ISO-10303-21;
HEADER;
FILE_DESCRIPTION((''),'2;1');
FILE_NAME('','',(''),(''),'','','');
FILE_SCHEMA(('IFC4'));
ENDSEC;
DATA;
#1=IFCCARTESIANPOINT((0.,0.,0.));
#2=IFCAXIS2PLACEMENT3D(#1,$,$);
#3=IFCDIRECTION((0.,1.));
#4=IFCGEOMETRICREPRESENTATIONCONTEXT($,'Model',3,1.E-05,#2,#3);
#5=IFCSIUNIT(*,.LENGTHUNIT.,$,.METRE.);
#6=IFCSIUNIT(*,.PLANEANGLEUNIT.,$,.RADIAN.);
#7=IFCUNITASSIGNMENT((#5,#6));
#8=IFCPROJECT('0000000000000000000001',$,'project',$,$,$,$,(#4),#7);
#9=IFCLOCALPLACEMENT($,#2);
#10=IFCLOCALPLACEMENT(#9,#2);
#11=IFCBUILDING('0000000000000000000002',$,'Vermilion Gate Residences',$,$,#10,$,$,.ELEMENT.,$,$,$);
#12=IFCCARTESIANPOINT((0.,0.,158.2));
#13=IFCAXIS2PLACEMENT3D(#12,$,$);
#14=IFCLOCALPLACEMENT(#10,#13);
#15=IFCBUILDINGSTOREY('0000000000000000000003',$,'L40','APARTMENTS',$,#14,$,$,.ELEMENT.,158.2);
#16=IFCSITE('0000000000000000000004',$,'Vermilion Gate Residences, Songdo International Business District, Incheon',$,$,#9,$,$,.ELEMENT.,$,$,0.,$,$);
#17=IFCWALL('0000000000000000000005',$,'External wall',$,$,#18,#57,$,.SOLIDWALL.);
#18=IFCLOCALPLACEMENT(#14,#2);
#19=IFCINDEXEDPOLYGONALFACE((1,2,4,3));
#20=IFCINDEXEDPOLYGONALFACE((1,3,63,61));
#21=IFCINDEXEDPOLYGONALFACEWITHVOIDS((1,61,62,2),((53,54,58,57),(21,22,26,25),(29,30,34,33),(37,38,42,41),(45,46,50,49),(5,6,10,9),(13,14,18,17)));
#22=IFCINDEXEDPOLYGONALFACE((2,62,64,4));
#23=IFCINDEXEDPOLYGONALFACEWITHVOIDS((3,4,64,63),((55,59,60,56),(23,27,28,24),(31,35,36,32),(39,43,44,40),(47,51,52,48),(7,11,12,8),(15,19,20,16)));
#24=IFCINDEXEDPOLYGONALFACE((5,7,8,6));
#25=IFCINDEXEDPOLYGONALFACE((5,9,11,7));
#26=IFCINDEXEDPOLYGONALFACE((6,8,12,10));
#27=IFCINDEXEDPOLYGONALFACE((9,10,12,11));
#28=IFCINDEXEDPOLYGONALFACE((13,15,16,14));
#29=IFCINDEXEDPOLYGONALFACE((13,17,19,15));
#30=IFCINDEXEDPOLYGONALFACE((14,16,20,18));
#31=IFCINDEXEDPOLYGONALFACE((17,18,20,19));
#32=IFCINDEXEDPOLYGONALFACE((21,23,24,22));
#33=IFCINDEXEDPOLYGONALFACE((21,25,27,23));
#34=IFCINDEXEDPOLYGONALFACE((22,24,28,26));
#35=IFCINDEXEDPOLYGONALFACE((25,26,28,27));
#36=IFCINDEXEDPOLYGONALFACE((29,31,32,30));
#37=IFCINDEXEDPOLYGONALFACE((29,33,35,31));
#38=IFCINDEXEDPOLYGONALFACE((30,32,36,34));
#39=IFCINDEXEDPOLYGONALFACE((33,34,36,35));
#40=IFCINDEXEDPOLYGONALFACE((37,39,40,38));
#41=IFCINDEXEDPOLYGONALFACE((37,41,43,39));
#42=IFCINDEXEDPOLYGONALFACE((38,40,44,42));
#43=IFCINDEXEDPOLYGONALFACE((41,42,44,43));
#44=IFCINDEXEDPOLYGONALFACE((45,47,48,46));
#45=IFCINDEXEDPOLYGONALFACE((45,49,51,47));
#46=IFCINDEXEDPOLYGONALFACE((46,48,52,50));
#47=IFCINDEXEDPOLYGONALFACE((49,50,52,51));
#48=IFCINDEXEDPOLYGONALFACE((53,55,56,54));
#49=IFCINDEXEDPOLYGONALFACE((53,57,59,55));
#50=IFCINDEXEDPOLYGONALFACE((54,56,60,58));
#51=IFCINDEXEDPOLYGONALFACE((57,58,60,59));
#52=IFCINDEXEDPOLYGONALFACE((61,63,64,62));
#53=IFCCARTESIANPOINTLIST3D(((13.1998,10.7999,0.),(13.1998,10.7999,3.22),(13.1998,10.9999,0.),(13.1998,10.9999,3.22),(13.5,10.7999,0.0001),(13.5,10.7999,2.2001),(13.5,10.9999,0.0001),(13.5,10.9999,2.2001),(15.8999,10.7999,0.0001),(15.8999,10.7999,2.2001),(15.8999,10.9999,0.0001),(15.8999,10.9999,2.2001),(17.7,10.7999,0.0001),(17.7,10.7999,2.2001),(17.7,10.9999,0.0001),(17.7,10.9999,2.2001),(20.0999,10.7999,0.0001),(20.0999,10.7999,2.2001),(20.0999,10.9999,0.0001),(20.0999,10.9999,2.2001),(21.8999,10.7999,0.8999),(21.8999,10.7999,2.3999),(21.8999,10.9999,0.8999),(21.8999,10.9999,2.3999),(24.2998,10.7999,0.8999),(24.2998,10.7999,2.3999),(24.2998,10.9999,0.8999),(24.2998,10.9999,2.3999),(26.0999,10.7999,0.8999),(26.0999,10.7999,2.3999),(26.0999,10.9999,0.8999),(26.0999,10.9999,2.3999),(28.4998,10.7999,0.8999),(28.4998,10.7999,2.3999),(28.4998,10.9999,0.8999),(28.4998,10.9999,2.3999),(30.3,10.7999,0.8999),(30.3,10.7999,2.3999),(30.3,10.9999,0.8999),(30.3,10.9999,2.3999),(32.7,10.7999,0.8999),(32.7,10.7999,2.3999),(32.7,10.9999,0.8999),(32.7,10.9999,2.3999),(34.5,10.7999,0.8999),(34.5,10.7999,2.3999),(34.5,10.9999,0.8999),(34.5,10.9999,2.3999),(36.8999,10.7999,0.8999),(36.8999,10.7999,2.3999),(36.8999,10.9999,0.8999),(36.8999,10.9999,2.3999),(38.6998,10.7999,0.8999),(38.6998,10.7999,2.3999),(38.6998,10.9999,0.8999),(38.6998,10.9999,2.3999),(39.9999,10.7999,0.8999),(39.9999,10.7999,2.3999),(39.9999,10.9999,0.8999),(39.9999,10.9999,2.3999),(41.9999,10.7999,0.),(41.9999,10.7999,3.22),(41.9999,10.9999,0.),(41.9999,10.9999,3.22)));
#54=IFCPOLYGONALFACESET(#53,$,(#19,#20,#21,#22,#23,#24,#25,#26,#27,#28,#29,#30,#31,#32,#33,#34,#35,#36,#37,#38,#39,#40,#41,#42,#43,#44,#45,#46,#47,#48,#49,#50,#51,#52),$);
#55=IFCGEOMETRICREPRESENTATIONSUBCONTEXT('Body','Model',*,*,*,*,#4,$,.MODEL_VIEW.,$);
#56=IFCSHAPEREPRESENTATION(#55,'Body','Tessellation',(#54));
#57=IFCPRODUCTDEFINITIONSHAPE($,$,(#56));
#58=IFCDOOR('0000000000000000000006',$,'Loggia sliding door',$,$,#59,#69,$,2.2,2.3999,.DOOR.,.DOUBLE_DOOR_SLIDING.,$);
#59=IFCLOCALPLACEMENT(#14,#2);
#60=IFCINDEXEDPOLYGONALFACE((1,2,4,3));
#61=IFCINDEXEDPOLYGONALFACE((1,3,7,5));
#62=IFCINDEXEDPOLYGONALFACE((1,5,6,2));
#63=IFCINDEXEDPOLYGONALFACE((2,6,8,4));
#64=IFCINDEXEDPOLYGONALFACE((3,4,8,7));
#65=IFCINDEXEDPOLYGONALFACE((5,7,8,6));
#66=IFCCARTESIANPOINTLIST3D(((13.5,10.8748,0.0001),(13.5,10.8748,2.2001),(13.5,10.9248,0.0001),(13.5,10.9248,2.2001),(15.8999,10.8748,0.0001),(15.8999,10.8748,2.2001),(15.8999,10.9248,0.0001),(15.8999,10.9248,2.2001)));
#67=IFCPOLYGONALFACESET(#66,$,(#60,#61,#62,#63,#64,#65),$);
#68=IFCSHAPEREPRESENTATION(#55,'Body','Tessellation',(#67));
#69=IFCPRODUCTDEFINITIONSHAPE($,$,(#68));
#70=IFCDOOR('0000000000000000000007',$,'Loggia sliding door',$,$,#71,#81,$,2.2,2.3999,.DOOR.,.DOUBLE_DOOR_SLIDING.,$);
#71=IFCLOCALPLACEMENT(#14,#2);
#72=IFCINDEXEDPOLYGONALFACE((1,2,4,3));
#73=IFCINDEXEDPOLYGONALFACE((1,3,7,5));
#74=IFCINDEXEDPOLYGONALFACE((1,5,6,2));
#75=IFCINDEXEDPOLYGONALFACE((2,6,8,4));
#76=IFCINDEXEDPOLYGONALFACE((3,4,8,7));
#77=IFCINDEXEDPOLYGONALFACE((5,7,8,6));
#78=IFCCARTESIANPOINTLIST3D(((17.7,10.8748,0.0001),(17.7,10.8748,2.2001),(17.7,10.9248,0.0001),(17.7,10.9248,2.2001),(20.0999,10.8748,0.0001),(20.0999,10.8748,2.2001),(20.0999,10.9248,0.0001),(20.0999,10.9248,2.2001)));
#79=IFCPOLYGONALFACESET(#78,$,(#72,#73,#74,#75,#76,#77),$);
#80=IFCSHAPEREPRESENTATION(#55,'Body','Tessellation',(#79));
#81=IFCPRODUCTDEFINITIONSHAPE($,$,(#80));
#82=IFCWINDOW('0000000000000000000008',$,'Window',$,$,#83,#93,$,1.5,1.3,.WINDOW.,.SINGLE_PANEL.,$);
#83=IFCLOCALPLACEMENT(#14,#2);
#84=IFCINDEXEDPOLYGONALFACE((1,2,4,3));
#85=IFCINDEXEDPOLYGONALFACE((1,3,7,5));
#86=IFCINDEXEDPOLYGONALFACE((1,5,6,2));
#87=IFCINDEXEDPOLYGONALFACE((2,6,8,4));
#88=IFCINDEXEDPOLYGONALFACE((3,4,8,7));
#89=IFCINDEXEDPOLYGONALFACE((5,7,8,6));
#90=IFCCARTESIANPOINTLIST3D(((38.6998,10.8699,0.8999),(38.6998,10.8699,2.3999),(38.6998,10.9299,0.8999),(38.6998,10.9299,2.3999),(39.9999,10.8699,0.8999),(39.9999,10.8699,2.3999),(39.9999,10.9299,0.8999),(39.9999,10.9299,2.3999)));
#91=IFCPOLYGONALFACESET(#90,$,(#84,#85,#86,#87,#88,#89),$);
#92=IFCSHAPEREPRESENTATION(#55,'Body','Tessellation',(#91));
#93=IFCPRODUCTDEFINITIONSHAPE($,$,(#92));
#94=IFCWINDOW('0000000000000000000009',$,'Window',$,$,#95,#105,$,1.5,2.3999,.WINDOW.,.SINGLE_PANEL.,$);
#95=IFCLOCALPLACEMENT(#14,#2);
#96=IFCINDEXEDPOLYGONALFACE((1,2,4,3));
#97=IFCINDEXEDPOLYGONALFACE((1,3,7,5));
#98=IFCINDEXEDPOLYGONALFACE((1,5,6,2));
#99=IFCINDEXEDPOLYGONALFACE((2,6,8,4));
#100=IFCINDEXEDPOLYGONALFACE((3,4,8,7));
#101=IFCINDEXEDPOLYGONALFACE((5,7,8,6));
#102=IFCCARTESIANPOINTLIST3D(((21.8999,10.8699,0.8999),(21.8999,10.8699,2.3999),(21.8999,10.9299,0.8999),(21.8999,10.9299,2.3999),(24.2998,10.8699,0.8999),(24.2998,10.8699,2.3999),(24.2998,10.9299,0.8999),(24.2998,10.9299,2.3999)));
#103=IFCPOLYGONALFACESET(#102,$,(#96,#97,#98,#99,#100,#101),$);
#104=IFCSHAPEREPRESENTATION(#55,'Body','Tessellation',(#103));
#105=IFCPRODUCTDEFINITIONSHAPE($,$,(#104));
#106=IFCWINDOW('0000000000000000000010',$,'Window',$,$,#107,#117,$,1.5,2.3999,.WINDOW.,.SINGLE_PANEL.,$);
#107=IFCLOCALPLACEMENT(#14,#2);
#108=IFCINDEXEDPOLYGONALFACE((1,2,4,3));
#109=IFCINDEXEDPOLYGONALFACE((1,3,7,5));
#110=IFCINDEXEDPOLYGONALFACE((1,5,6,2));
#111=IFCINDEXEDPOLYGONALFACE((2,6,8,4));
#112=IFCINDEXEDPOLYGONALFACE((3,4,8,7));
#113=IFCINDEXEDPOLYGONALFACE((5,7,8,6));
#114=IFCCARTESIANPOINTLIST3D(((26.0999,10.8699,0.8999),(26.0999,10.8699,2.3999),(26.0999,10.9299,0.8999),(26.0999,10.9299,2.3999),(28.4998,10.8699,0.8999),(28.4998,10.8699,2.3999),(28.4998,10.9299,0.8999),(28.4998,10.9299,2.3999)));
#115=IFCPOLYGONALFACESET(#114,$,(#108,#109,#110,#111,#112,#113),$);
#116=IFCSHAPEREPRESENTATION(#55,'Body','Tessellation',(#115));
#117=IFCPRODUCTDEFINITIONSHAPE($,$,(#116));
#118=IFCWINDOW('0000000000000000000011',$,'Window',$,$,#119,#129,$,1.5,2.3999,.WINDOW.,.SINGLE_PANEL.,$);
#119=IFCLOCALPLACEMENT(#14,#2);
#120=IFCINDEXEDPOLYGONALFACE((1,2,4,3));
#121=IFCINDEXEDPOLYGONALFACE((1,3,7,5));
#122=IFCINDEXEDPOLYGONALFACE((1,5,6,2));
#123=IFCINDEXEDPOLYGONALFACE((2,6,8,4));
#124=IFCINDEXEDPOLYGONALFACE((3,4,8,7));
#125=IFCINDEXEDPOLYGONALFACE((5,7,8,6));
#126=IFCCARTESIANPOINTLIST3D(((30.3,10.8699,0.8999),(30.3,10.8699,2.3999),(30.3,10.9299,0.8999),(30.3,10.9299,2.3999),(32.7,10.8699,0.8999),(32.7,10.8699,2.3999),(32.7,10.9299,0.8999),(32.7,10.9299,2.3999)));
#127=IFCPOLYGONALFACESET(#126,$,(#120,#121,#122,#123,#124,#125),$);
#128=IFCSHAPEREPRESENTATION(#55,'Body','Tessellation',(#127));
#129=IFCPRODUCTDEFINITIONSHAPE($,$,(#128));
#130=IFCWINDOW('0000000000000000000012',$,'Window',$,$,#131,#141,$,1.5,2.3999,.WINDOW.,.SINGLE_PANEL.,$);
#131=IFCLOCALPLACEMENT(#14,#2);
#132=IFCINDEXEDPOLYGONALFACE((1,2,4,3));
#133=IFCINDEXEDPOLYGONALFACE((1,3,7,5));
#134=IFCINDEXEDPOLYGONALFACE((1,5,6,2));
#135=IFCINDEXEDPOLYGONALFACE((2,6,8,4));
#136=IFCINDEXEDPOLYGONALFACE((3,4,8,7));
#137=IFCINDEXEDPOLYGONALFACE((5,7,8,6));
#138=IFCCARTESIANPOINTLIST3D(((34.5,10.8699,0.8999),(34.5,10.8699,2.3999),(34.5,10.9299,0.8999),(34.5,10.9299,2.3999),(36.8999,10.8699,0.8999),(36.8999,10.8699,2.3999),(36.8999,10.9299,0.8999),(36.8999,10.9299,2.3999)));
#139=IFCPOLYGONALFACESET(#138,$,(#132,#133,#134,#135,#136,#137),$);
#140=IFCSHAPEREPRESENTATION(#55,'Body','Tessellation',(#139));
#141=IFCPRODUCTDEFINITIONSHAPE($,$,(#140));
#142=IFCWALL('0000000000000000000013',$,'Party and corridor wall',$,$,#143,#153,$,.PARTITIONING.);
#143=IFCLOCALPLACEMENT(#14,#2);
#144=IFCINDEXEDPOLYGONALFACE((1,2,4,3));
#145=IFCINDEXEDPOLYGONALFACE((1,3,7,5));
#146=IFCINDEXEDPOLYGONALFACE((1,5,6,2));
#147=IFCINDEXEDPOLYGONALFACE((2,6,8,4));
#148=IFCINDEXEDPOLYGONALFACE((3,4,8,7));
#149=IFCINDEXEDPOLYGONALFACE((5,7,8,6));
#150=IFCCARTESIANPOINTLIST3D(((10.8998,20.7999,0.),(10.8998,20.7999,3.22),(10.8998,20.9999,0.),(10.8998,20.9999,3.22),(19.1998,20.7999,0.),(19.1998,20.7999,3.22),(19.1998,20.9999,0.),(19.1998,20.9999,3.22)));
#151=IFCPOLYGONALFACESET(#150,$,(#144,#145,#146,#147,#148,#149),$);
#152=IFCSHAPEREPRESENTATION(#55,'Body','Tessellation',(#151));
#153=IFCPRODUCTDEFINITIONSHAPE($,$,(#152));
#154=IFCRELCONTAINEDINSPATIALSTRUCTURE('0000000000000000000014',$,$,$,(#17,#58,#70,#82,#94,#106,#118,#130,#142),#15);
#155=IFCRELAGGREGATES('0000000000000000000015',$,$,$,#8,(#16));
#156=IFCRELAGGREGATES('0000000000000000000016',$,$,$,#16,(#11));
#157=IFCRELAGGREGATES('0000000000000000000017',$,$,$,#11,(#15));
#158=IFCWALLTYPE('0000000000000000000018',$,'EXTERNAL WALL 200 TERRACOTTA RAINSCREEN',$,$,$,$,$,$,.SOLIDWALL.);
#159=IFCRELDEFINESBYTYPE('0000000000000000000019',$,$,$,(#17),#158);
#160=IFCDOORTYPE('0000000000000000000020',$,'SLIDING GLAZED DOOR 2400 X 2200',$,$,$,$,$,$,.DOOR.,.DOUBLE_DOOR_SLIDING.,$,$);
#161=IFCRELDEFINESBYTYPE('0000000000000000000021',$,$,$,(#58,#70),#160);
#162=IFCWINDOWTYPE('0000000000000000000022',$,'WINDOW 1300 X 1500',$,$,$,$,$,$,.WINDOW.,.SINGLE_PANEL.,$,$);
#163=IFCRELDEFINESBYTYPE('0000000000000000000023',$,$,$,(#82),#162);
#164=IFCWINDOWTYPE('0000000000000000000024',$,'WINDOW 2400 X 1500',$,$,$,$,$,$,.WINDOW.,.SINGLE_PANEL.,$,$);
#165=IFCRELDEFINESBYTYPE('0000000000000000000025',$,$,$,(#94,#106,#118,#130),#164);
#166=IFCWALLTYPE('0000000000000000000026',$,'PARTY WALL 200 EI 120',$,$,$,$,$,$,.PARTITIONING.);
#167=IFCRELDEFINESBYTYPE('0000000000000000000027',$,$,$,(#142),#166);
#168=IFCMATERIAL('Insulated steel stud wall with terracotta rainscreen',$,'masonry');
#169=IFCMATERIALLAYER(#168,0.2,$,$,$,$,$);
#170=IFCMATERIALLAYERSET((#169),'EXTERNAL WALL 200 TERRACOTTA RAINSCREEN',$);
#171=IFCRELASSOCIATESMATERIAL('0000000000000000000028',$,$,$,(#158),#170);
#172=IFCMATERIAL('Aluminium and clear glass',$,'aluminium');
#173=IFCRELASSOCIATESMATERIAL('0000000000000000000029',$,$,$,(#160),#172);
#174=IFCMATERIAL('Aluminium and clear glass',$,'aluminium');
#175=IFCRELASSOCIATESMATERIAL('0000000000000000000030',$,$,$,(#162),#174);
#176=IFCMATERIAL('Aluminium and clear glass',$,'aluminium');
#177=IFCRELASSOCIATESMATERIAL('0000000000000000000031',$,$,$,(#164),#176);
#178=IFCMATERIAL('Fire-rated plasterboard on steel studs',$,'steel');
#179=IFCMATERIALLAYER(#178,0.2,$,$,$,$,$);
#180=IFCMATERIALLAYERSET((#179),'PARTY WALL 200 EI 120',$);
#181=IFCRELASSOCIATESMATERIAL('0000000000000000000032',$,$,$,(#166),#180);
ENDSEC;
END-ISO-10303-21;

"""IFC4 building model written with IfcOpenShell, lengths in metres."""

from ifc_helpers import new_model, si_unit, direction, frame, frame_2d, origin, place, context, subcontext, project, spatial, rectangle, extrude, material, layer, layer_set, type_object, element, fill, save


model = new_model("IFC4")

# Units and contexts
model_context = context("Model", 3, precision=1e-05, world=origin(), true_north=direction((0.0, 1.0)))
body_context = subcontext(model_context, "Body", "Model", "MODEL_VIEW")
ifc_project = project(units=[si_unit("LENGTHUNIT", "METRE"), si_unit("PLANEANGLEUNIT", "RADIAN")], contexts=[model_context])

# Site, building, storey
site_placement = place(None, origin())
site = spatial("IfcSite", under=ifc_project, at=site_placement, Name="Vermilion Gate Residences, Songdo International Business District, Incheon", CompositionType="ELEMENT", RefElevation=0.0)
building_placement = place(site_placement, origin())
building = spatial("IfcBuilding", under=site, at=building_placement, Name="Vermilion Gate Residences", CompositionType="ELEMENT")
storey_placement = place(building_placement, frame((0.0, 0.0, 158.2)))
storey = spatial("IfcBuildingStorey", under=building, at=storey_placement, Name="L40", Description="APARTMENTS", CompositionType="ELEMENT", Elevation=158.2)

# Shared definitions
ifc_material_1 = material(Name="Insulated steel stud wall with terracotta rainscreen", Category="masonry")
ifc_layer_1 = layer(ifc_material_1, 0.2)
ifc_layer_set_1 = layer_set([ifc_layer_1], Name="EXTERNAL WALL 200 TERRACOTTA RAINSCREEN")
wall_type_1 = type_object("IfcWallType", Name="EXTERNAL WALL 200 TERRACOTTA RAINSCREEN", PredefinedType="SOLIDWALL", material=ifc_layer_set_1)

# Wall, openings, doors, windows
wall_1_placement = place(storey_placement, frame((13.2, 10.8999, 0.0), z_axis=(0.0, 0.0, 1.0), x_axis=(1.0, 0.0, 0.0)))
wall_1 = element("IfcWall", 1, at=wall_1_placement, inside=storey, type_object=wall_type_1, Name="External wall", PredefinedType="SOLIDWALL", context=body_context, shape_type="SweptSolid", body=[
    extrude(rectangle(XDim=28.8, YDim=0.2, at=frame_2d((14.3999, 0.0))), origin(), (0.0, 0.0, 1.0), 3.22),
])
opening_1_placement = place(wall_1_placement, frame((0.3, 0.0, 0.0)))
opening_1 = element("IfcOpeningElement", 2, at=opening_1_placement, cuts=wall_1, PredefinedType="OPENING", context=body_context, shape_type="SweptSolid", body=[
    extrude(rectangle(XDim=2.3999, YDim=2.2, at=frame_2d((1.2, 1.1001))), frame((0.0, 0.1099, 0.0), z_axis=(0.0, -1.0, 0.0), x_axis=(1.0, 0.0, 0.0)), (0.0, 0.0, 1.0), 0.22),
])
opening_2_placement = place(wall_1_placement, frame((4.5, 0.0, 0.0)))
opening_2 = element("IfcOpeningElement", 3, at=opening_2_placement, cuts=wall_1, PredefinedType="OPENING", context=body_context, shape_type="SweptSolid", body=[
    extrude(rectangle(XDim=2.3999, YDim=2.2, at=frame_2d((1.2, 1.1001))), frame((0.0, 0.1099, 0.0), z_axis=(0.0, -1.0, 0.0), x_axis=(1.0, 0.0, 0.0)), (0.0, 0.0, 1.0), 0.22),
])
opening_3_placement = place(wall_1_placement, frame((8.7, 0.0, 0.8999)))
opening_3 = element("IfcOpeningElement", 4, at=opening_3_placement, cuts=wall_1, PredefinedType="OPENING", context=body_context, shape_type="SweptSolid", body=[
    extrude(rectangle(XDim=2.3999, YDim=1.5, at=frame_2d((1.2, 0.75))), frame((0.0, 0.1099, 0.0), z_axis=(0.0, -1.0, 0.0), x_axis=(1.0, 0.0, 0.0)), (0.0, 0.0, 1.0), 0.22),
])
opening_4_placement = place(wall_1_placement, frame((12.8999, 0.0, 0.8999)))
opening_4 = element("IfcOpeningElement", 5, at=opening_4_placement, cuts=wall_1, PredefinedType="OPENING", context=body_context, shape_type="SweptSolid", body=[
    extrude(rectangle(XDim=2.3999, YDim=1.5, at=frame_2d((1.2, 0.75))), frame((0.0, 0.1099, 0.0), z_axis=(0.0, -1.0, 0.0), x_axis=(1.0, 0.0, 0.0)), (0.0, 0.0, 1.0), 0.22),
])
opening_5_placement = place(wall_1_placement, frame((17.1001, 0.0, 0.8999)))
opening_5 = element("IfcOpeningElement", 6, at=opening_5_placement, cuts=wall_1, PredefinedType="OPENING", context=body_context, shape_type="SweptSolid", body=[
    extrude(rectangle(XDim=2.3999, YDim=1.5, at=frame_2d((1.2, 0.75))), frame((0.0, 0.1099, 0.0), z_axis=(0.0, -1.0, 0.0), x_axis=(1.0, 0.0, 0.0)), (0.0, 0.0, 1.0), 0.22),
])
opening_6_placement = place(wall_1_placement, frame((21.3, 0.0, 0.8999)))
opening_6 = element("IfcOpeningElement", 7, at=opening_6_placement, cuts=wall_1, PredefinedType="OPENING", context=body_context, shape_type="SweptSolid", body=[
    extrude(rectangle(XDim=2.3999, YDim=1.5, at=frame_2d((1.2, 0.75))), frame((0.0, 0.1099, 0.0), z_axis=(0.0, -1.0, 0.0), x_axis=(1.0, 0.0, 0.0)), (0.0, 0.0, 1.0), 0.22),
])
opening_7_placement = place(wall_1_placement, frame((25.5, 0.0, 0.8999)))
opening_7 = element("IfcOpeningElement", 8, at=opening_7_placement, cuts=wall_1, PredefinedType="OPENING", context=body_context, shape_type="SweptSolid", body=[
    extrude(rectangle(XDim=1.3, YDim=1.5, at=frame_2d((0.6499, 0.75))), frame((0.0, 0.1099, 0.0), z_axis=(0.0, -1.0, 0.0), x_axis=(1.0, 0.0, 0.0)), (0.0, 0.0, 1.0), 0.22),
])
ifc_material_2 = material(Name="Aluminium and clear glass", Category="aluminium")
door_type = type_object("IfcDoorType", Name="SLIDING GLAZED DOOR 2400 X 2200", OperationType="DOUBLE_DOOR_SLIDING", PredefinedType="DOOR", material=ifc_material_2)
door_1_placement = place(opening_1_placement, origin())
door_1 = element("IfcDoor", 9, at=door_1_placement, inside=storey, type_object=door_type, Name="Loggia sliding door", OperationType="DOUBLE_DOOR_SLIDING", OverallHeight=2.2, OverallWidth=2.3999, PredefinedType="DOOR", context=body_context, shape_type="SweptSolid", body=[
    extrude(rectangle(XDim=2.3999, YDim=2.2, at=frame_2d((1.2, 1.1001))), frame((0.0, 0.0249, 0.0), z_axis=(0.0, -1.0, 0.0), x_axis=(1.0, 0.0, 0.0)), (0.0, 0.0, 1.0), 0.05),
])
fill(opening_1, door_1)
door_2_placement = place(opening_2_placement, origin())
door_2 = element("IfcDoor", 10, at=door_2_placement, inside=storey, type_object=door_type, Name="Loggia sliding door", OperationType="DOUBLE_DOOR_SLIDING", OverallHeight=2.2, OverallWidth=2.3999, PredefinedType="DOOR", context=body_context, shape_type="SweptSolid", body=[
    extrude(rectangle(XDim=2.3999, YDim=2.2, at=frame_2d((1.2, 1.1001))), frame((0.0, 0.0249, 0.0), z_axis=(0.0, -1.0, 0.0), x_axis=(1.0, 0.0, 0.0)), (0.0, 0.0, 1.0), 0.05),
])
fill(opening_2, door_2)
ifc_material_3 = material(Name="Aluminium and clear glass", Category="aluminium")
window_type_1 = type_object("IfcWindowType", Name="WINDOW 1300 X 1500", PartitioningType="SINGLE_PANEL", PredefinedType="WINDOW", material=ifc_material_3)
window_1_placement = place(opening_7_placement, origin())
window_1 = element("IfcWindow", 11, at=window_1_placement, inside=storey, type_object=window_type_1, Name="Window", OverallHeight=1.5, OverallWidth=1.3, PartitioningType="SINGLE_PANEL", PredefinedType="WINDOW", context=body_context, shape_type="SweptSolid", body=[
    extrude(rectangle(XDim=1.3, YDim=1.5, at=frame_2d((0.6499, 0.75))), frame((0.0, 0.03, 0.0), z_axis=(0.0, -1.0, 0.0), x_axis=(1.0, 0.0, 0.0)), (0.0, 0.0, 1.0), 0.0601),
])
fill(opening_7, window_1)
ifc_material_4 = material(Name="Aluminium and clear glass", Category="aluminium")
window_type_2 = type_object("IfcWindowType", Name="WINDOW 2400 X 1500", PartitioningType="SINGLE_PANEL", PredefinedType="WINDOW", material=ifc_material_4)
window_2_placement = place(opening_3_placement, origin())
window_2 = element("IfcWindow", 12, at=window_2_placement, inside=storey, type_object=window_type_2, Name="Window", OverallHeight=1.5, OverallWidth=2.3999, PartitioningType="SINGLE_PANEL", PredefinedType="WINDOW", context=body_context, shape_type="SweptSolid", body=[
    extrude(rectangle(XDim=2.3999, YDim=1.5, at=frame_2d((1.2, 0.75))), frame((0.0, 0.03, 0.0), z_axis=(0.0, -1.0, 0.0), x_axis=(1.0, 0.0, 0.0)), (0.0, 0.0, 1.0), 0.0601),
])
fill(opening_3, window_2)
window_3_placement = place(opening_4_placement, origin())
window_3 = element("IfcWindow", 13, at=window_3_placement, inside=storey, type_object=window_type_2, Name="Window", OverallHeight=1.5, OverallWidth=2.3999, PartitioningType="SINGLE_PANEL", PredefinedType="WINDOW", context=body_context, shape_type="SweptSolid", body=[
    extrude(rectangle(XDim=2.3999, YDim=1.5, at=frame_2d((1.2, 0.75))), frame((0.0, 0.03, 0.0), z_axis=(0.0, -1.0, 0.0), x_axis=(1.0, 0.0, 0.0)), (0.0, 0.0, 1.0), 0.0601),
])
fill(opening_4, window_3)
window_4_placement = place(opening_5_placement, origin())
window_4 = element("IfcWindow", 14, at=window_4_placement, inside=storey, type_object=window_type_2, Name="Window", OverallHeight=1.5, OverallWidth=2.3999, PartitioningType="SINGLE_PANEL", PredefinedType="WINDOW", context=body_context, shape_type="SweptSolid", body=[
    extrude(rectangle(XDim=2.3999, YDim=1.5, at=frame_2d((1.2, 0.75))), frame((0.0, 0.03, 0.0), z_axis=(0.0, -1.0, 0.0), x_axis=(1.0, 0.0, 0.0)), (0.0, 0.0, 1.0), 0.0601),
])
fill(opening_5, window_4)
window_5_placement = place(opening_6_placement, origin())
window_5 = element("IfcWindow", 15, at=window_5_placement, inside=storey, type_object=window_type_2, Name="Window", OverallHeight=1.5, OverallWidth=2.3999, PartitioningType="SINGLE_PANEL", PredefinedType="WINDOW", context=body_context, shape_type="SweptSolid", body=[
    extrude(rectangle(XDim=2.3999, YDim=1.5, at=frame_2d((1.2, 0.75))), frame((0.0, 0.03, 0.0), z_axis=(0.0, -1.0, 0.0), x_axis=(1.0, 0.0, 0.0)), (0.0, 0.0, 1.0), 0.0601),
])
fill(opening_6, window_5)

# Wall
ifc_material_5 = material(Name="Fire-rated plasterboard on steel studs", Category="steel")
ifc_layer_2 = layer(ifc_material_5, 0.2)
ifc_layer_set_2 = layer_set([ifc_layer_2], Name="PARTY WALL 200 EI 120")
wall_type_2 = type_object("IfcWallType", Name="PARTY WALL 200 EI 120", PredefinedType="PARTITIONING", material=ifc_layer_set_2)
wall_2_placement = place(storey_placement, frame((10.8999, 20.8999, 0.0), z_axis=(0.0, 0.0, 1.0), x_axis=(1.0, 0.0, 0.0)))
element("IfcWall", 16, at=wall_2_placement, inside=storey, type_object=wall_type_2, Name="Party and corridor wall", PredefinedType="PARTITIONING", context=body_context, shape_type="SweptSolid", body=[
    extrude(rectangle(XDim=8.3, YDim=0.2, at=frame_2d((4.1499, 0.0))), origin(), (0.0, 0.0, 1.0), 3.22),
])

save(model, "model.ifc")
